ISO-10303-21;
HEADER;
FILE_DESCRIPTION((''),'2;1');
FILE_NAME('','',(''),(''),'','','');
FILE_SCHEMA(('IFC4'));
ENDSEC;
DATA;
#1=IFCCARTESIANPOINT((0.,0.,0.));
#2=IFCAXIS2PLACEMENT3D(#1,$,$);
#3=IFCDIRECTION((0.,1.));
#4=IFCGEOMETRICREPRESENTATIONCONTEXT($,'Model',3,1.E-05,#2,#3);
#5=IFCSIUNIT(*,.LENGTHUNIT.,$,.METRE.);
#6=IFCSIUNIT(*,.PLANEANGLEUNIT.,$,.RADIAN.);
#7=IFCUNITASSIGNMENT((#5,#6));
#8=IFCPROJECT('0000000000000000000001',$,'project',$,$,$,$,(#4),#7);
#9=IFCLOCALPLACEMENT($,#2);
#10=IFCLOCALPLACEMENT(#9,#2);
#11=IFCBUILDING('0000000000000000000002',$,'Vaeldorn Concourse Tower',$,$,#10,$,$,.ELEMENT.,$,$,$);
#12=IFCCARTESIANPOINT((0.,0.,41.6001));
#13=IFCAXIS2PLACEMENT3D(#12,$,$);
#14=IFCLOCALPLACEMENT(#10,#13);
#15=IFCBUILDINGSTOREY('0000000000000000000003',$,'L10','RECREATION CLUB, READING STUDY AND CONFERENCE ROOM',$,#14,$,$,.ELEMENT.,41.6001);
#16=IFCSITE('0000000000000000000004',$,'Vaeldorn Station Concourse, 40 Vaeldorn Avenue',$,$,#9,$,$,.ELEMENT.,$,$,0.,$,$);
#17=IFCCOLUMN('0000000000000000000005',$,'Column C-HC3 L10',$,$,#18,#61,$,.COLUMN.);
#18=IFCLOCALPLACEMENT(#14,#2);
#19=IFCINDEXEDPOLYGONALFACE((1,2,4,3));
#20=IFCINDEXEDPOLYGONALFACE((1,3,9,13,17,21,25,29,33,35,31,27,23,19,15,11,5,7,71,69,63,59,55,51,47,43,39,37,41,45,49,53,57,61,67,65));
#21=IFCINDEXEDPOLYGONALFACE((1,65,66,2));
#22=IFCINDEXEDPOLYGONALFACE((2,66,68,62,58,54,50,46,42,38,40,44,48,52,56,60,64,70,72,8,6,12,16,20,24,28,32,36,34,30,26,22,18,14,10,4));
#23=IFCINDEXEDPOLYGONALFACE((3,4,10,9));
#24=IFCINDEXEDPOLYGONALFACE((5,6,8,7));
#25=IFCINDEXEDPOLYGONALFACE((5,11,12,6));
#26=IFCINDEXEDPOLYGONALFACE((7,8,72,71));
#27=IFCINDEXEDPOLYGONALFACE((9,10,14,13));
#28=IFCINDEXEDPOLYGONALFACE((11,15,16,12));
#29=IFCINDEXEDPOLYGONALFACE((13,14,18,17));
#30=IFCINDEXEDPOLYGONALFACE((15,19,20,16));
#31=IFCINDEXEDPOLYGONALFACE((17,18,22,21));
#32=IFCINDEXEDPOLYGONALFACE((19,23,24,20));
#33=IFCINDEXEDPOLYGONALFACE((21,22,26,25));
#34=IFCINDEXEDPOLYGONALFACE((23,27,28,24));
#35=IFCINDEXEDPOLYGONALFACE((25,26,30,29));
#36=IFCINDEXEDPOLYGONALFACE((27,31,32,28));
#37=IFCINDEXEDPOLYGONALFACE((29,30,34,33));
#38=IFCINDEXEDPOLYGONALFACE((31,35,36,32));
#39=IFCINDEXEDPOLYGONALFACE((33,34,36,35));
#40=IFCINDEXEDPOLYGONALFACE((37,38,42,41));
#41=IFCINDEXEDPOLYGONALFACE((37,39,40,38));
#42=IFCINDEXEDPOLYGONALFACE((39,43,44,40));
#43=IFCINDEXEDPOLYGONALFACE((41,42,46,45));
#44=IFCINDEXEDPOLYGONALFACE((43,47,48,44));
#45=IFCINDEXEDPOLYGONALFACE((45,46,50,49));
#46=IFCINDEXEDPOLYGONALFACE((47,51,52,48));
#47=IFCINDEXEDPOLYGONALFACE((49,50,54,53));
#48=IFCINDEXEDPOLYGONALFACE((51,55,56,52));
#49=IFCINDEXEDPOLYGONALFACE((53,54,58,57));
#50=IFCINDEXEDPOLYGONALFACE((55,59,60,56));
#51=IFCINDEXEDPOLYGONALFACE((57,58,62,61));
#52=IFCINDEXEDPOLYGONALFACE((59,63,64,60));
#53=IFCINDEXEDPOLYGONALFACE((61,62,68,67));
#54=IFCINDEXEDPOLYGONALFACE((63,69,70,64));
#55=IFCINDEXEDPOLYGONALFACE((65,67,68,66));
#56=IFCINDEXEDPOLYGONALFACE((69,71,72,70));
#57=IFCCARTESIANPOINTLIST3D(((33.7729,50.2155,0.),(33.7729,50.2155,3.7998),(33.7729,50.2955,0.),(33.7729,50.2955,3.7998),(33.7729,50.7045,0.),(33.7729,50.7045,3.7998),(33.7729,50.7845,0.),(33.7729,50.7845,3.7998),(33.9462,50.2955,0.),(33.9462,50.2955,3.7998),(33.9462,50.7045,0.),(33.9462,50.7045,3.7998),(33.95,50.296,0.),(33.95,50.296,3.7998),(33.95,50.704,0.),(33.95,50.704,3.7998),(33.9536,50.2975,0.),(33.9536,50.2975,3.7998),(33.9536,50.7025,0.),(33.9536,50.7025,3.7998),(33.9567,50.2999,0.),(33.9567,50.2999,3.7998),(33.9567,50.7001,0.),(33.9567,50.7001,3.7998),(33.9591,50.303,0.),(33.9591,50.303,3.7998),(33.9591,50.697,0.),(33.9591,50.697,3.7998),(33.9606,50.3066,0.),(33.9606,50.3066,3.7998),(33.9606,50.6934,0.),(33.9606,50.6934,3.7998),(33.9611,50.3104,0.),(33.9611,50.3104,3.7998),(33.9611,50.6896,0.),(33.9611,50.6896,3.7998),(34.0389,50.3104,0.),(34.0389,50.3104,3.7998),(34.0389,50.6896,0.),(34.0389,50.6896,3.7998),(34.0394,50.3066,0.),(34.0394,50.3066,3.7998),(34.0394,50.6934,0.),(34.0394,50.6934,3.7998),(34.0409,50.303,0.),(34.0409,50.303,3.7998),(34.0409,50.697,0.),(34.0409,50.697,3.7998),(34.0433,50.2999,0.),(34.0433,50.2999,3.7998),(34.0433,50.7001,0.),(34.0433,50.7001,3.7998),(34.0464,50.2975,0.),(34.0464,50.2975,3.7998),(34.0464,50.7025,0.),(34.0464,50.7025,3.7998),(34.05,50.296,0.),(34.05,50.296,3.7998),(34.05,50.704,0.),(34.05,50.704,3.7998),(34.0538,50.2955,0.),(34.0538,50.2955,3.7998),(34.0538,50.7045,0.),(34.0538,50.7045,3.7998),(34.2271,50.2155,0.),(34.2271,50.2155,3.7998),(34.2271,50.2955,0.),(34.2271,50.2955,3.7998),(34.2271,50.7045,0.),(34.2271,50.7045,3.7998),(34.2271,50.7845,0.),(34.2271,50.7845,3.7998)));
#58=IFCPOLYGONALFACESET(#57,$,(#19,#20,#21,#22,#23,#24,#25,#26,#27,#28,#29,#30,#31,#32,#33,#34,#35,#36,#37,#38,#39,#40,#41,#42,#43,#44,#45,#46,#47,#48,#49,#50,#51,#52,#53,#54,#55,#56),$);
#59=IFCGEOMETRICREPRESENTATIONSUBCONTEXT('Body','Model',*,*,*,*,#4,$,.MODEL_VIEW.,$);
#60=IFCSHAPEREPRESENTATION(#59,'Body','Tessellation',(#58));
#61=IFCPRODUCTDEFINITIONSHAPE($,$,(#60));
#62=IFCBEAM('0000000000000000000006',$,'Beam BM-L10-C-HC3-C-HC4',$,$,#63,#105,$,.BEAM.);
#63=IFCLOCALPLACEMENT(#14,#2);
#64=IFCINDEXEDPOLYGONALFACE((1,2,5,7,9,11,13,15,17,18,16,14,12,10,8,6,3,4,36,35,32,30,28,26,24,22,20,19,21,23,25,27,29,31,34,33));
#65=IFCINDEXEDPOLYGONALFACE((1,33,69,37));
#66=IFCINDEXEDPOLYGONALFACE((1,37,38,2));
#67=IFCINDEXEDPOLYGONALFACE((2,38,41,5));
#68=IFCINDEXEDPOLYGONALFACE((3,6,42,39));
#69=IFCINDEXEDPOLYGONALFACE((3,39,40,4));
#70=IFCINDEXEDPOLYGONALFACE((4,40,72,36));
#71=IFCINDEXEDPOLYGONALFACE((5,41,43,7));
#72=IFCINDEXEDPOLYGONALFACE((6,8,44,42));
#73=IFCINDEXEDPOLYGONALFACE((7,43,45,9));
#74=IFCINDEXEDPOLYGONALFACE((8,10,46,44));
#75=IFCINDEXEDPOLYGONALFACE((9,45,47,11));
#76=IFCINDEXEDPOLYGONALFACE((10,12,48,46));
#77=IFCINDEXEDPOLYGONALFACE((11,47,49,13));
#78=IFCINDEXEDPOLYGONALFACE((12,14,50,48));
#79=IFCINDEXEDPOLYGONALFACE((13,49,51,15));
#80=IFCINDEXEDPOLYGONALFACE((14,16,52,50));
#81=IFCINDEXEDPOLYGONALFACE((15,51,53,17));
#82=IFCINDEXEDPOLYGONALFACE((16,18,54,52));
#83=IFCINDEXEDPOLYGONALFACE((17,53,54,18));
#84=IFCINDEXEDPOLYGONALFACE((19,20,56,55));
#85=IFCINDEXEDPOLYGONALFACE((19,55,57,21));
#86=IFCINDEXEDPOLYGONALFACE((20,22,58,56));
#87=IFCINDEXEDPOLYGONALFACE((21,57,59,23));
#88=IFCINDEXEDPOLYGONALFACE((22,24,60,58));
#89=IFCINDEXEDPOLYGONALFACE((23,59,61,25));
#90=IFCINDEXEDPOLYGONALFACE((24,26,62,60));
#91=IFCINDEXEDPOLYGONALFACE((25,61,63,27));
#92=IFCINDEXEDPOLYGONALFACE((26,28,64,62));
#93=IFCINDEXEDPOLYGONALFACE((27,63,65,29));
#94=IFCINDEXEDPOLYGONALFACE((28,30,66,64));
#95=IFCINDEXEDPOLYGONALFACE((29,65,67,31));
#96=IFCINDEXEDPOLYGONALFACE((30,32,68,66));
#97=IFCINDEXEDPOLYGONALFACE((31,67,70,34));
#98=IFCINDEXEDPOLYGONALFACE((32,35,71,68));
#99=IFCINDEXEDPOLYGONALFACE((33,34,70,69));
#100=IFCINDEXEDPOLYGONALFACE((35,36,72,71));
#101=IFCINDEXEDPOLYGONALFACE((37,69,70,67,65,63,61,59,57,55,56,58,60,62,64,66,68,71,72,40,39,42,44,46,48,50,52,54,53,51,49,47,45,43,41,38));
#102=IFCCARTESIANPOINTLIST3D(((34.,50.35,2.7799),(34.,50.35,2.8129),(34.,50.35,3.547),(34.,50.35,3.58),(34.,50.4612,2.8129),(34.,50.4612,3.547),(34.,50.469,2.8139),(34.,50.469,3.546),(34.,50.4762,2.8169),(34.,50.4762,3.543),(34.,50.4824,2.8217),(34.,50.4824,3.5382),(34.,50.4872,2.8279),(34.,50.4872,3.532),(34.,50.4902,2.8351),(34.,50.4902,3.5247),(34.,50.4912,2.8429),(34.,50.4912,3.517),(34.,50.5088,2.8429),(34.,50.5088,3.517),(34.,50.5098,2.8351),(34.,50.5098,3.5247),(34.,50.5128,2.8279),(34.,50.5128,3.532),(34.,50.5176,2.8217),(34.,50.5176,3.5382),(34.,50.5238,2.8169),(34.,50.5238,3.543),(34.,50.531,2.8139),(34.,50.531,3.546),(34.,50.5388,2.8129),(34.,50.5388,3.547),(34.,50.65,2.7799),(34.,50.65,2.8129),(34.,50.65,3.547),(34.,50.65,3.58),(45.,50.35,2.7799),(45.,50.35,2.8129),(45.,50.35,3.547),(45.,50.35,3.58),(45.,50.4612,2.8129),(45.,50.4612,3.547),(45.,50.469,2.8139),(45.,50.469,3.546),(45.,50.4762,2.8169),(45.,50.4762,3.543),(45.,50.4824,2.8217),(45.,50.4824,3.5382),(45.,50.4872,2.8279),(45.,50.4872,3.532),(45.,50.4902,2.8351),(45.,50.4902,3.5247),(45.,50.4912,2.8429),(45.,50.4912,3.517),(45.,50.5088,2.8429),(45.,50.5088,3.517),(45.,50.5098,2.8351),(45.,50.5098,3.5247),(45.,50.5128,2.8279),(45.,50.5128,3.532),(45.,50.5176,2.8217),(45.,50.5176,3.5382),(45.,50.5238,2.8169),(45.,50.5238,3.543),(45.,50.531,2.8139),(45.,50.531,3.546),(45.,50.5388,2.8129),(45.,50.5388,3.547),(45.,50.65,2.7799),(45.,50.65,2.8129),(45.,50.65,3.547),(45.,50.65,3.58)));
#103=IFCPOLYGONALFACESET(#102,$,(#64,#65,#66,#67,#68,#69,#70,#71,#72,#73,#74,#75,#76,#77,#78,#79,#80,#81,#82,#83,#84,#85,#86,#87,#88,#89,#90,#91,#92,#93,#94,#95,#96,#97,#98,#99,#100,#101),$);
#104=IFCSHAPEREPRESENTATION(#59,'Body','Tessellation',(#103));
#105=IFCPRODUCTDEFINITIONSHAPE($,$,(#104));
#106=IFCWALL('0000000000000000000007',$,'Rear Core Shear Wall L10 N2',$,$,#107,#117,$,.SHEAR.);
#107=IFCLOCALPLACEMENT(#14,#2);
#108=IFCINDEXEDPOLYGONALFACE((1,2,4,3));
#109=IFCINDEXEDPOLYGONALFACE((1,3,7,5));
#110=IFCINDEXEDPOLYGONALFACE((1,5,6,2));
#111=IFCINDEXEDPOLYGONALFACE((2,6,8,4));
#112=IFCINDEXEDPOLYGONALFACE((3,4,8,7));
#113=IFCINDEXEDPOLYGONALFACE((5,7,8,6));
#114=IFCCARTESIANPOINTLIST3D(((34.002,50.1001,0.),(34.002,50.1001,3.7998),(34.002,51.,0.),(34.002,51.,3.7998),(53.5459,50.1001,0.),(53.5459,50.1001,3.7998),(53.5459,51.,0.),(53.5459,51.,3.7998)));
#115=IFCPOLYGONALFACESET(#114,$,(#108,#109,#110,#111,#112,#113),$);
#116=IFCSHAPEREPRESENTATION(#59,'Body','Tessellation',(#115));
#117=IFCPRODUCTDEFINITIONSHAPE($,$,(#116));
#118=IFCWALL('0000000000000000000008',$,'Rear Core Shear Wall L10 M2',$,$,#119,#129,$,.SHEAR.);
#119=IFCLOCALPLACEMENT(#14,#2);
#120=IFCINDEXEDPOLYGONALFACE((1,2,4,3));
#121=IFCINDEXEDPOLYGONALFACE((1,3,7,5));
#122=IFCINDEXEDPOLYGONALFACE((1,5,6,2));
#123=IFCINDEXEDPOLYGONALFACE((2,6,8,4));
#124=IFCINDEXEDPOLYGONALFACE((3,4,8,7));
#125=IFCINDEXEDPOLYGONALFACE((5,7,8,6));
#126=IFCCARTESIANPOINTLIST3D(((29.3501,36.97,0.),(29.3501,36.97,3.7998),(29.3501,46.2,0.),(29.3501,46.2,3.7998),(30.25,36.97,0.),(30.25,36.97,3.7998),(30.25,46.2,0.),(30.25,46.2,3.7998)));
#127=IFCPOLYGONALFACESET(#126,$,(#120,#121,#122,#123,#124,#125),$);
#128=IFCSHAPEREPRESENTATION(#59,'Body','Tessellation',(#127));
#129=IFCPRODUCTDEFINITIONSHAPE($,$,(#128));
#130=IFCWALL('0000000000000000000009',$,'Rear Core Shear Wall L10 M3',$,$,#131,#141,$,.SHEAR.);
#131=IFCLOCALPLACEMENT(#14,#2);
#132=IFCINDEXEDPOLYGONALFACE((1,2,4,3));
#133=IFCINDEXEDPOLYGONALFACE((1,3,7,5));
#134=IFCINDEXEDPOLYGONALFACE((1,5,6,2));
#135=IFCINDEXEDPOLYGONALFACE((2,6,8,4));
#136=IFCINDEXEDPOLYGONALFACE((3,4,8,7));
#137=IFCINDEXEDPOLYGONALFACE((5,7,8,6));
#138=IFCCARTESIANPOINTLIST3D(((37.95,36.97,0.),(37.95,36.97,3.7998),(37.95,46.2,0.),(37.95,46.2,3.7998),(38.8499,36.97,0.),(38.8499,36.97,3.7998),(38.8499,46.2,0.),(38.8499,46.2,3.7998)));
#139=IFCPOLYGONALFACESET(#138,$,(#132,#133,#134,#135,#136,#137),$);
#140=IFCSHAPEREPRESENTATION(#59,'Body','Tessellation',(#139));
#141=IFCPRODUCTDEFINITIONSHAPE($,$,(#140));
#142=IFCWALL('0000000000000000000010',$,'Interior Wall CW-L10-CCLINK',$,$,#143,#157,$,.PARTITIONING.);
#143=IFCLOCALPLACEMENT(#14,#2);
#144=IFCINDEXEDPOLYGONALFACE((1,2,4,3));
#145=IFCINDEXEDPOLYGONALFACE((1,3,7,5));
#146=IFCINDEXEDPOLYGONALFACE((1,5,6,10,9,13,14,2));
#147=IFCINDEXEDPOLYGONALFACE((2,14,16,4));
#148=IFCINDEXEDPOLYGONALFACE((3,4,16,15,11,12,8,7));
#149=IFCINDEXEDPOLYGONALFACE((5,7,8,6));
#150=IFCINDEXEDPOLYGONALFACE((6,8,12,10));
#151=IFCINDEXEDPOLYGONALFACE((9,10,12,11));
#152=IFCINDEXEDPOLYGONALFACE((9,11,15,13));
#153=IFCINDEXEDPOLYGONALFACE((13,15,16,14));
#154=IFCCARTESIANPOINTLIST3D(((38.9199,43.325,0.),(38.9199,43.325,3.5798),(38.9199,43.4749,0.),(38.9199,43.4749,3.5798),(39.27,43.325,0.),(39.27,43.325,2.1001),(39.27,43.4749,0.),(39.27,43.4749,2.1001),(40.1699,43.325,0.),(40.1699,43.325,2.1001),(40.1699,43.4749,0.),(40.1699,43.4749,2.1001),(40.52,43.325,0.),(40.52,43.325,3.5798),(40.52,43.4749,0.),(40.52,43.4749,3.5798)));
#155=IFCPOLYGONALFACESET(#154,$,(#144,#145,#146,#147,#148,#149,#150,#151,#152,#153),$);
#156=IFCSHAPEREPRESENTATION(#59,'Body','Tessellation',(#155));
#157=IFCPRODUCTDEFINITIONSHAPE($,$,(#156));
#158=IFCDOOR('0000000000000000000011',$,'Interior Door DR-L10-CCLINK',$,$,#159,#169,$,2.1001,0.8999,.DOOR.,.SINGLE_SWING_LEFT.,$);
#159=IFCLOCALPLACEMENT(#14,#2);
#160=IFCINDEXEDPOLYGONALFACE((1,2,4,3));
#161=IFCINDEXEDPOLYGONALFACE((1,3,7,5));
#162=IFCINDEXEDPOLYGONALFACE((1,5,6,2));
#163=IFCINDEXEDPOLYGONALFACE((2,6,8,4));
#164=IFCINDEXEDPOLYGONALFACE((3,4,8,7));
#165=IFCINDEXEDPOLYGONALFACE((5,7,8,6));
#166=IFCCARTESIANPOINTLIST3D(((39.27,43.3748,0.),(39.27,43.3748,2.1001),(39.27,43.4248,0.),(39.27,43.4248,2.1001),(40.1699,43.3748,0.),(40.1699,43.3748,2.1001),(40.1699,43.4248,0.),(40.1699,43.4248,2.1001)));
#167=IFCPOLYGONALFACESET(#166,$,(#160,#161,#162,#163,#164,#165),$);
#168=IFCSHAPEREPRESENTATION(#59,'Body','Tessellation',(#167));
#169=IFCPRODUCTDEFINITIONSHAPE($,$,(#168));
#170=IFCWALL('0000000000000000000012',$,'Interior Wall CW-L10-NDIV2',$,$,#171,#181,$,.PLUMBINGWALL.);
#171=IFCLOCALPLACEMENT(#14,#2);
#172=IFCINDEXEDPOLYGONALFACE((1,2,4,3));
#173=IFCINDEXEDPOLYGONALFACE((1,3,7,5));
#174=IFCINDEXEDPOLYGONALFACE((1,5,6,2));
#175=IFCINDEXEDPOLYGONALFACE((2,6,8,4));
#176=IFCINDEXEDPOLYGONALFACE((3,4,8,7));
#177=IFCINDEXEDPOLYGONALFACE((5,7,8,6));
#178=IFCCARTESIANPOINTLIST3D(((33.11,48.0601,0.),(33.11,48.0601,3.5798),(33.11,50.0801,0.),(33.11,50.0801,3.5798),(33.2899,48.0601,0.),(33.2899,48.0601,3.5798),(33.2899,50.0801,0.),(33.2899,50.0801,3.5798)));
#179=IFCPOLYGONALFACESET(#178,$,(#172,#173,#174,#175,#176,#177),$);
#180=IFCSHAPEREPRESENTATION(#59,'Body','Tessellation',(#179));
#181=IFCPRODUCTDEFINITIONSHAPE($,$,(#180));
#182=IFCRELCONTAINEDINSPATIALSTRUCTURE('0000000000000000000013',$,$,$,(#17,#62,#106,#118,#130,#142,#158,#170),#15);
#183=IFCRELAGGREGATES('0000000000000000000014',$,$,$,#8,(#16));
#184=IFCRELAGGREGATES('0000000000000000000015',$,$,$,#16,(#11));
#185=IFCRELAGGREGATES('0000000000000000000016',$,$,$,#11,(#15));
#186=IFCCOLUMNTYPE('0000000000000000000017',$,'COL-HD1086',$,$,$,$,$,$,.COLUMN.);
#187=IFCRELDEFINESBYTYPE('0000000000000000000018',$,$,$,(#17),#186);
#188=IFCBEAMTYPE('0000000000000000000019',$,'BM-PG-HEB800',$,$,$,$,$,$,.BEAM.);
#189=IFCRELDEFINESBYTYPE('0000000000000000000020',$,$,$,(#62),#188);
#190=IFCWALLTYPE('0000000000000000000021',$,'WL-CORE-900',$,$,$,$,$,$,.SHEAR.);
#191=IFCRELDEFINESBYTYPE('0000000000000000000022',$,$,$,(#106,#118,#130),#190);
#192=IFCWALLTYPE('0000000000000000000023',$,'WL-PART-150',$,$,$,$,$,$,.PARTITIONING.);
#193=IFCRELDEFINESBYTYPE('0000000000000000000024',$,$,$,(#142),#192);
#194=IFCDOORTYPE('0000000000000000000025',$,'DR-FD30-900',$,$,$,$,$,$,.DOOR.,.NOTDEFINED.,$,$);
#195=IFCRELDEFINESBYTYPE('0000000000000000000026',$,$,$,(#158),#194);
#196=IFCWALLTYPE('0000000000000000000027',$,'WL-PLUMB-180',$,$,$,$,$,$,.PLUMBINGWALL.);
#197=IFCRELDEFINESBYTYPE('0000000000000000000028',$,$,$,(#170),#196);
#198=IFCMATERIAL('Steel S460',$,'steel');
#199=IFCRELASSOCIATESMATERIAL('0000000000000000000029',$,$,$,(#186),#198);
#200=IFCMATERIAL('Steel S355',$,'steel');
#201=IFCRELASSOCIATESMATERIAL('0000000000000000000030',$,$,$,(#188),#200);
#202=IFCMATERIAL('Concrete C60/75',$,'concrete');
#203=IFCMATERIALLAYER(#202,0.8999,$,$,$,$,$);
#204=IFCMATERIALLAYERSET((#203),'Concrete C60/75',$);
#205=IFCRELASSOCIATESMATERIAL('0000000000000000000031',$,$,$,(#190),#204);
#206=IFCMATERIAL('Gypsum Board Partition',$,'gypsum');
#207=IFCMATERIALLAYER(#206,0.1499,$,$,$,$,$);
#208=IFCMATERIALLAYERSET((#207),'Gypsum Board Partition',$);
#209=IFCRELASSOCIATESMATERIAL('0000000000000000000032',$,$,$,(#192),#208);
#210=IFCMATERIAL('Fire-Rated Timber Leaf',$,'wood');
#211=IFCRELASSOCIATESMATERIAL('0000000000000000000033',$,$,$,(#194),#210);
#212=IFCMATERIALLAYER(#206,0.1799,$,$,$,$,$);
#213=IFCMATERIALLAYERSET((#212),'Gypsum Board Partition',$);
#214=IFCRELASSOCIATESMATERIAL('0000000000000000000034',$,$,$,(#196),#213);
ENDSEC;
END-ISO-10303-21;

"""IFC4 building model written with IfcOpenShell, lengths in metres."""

from ifc_helpers import new_model, si_unit, direction, frame, frame_2d, origin, origin_2d, place, context, subcontext, project, spatial, rectangle, i_section, extrude, source, transform, mapped, material, layer, layer_set, material_profile, profile_set, type_object, element, fill, save


model = new_model("IFC4")

# Units and contexts
model_context = context("Model", 3, precision=1e-05, world=origin(), true_north=direction((0.0, 1.0)))
body_context = subcontext(model_context, "Body", "Model", "MODEL_VIEW")
ifc_project = project(units=[si_unit("LENGTHUNIT", "METRE"), si_unit("PLANEANGLEUNIT", "RADIAN")], contexts=[model_context])

# Site, building, storey
site_placement = place(None, origin())
site = spatial("IfcSite", under=ifc_project, at=site_placement, Name="Vaeldorn Station Concourse, 40 Vaeldorn Avenue", CompositionType="ELEMENT", RefElevation=0.0)
building_placement = place(site_placement, origin())
building = spatial("IfcBuilding", under=site, at=building_placement, Name="Vaeldorn Concourse Tower", CompositionType="ELEMENT")
storey_placement = place(building_placement, frame((0.0, 0.0, 41.6001)))
storey = spatial("IfcBuildingStorey", under=building, at=storey_placement, Name="L10", Description="RECREATION CLUB, READING STUDY AND CONFERENCE ROOM", CompositionType="ELEMENT", Elevation=41.6001)

# Column
ifc_material_1 = material(Name="Steel S460", Category="steel")
ifc_material_profile_1 = material_profile(ifc_material_1, i_section(OverallWidth=0.4541, OverallDepth=0.5691, WebThickness=0.0779, FlangeThickness=0.0801, FilletRadius=0.0149, at=origin_2d()), Name="HD 400x1086")
ifc_profile_set_1 = profile_set([ifc_material_profile_1], Name="Steel S460")
column_type = type_object("IfcColumnType", Name="COL-HD1086", PredefinedType="COLUMN", material=ifc_profile_set_1)
shared_shape_1 = source(origin(), body_context, "Body", "SweptSolid", [
    extrude(i_section(OverallWidth=0.4541, OverallDepth=0.5691, WebThickness=0.0779, FlangeThickness=0.0801, FilletRadius=0.0149, at=origin_2d()), origin(), (0.0, 0.0, 1.0), 3.7998),
])
column_placement = place(storey_placement, frame((34.0, 50.5, 0.0), z_axis=(0.0, 0.0, 1.0), x_axis=(1.0, 0.0, 0.0)))
element("IfcColumn", 1, at=column_placement, inside=storey, type_object=column_type, Name="Column C-HC3 L10", PredefinedType="COLUMN", context=body_context, shape_type="MappedRepresentation", body=[
    mapped(shared_shape_1, transform((0.0, 0.0, 0.0), scale=1.0)),
])

# Beam
ifc_material_2 = material(Name="Steel S355", Category="steel")
ifc_material_profile_2 = material_profile(ifc_material_2, i_section(OverallWidth=0.3, OverallDepth=0.8, WebThickness=0.0176, FlangeThickness=0.033, FilletRadius=0.03, at=origin_2d()), Name="HEB 800")
ifc_profile_set_2 = profile_set([ifc_material_profile_2], Name="Steel S355")
beam_type = type_object("IfcBeamType", Name="BM-PG-HEB800", PredefinedType="BEAM", material=ifc_profile_set_2)
shared_shape_2 = source(origin(), body_context, "Body", "SweptSolid", [
    extrude(i_section(OverallWidth=0.3, OverallDepth=0.8, WebThickness=0.0176, FlangeThickness=0.033, FilletRadius=0.03, at=origin_2d()), origin(), (0.0, 0.0, 1.0), 11.0),
])
beam_placement = place(storey_placement, frame((34.0, 50.5, 3.1799), z_axis=(1.0, 0.0, 0.0), x_axis=(0.0, 1.0, 0.0)))
element("IfcBeam", 2, at=beam_placement, inside=storey, type_object=beam_type, Name="Beam BM-L10-C-HC3-C-HC4", PredefinedType="BEAM", context=body_context, shape_type="MappedRepresentation", body=[
    mapped(shared_shape_2, transform((0.0, 0.0, 0.0), scale=1.0)),
])

# Walls
ifc_material_3 = material(Name="Concrete C60/75", Category="concrete")
ifc_layer_1 = layer(ifc_material_3, 0.8999)
ifc_layer_set_1 = layer_set([ifc_layer_1], Name="Concrete C60/75")
wall_type_1 = type_object("IfcWallType", Name="WL-CORE-900", PredefinedType="SHEAR", material=ifc_layer_set_1)
wall_1_placement = place(storey_placement, frame((34.002, 50.55, 0.0), z_axis=(0.0, 0.0, 1.0), x_axis=(1.0, 0.0, 0.0)))
element("IfcWall", 3, at=wall_1_placement, inside=storey, type_object=wall_type_1, Name="Rear Core Shear Wall L10 N2", PredefinedType="SHEAR", context=body_context, shape_type="SweptSolid", body=[
    extrude(rectangle(XDim=19.5439, YDim=0.8999, at=frame_2d((9.772, 0.0))), origin(), (0.0, 0.0, 1.0), 3.7998),
])
for number, where, z_axis, x_axis, name in (
    (4, (29.8, 36.97, 0.0), (0.0, 0.0, 1.0), (0.0, 1.0, 0.0), "Rear Core Shear Wall L10 M2"),
    (5, (38.3999, 36.97, 0.0), (0.0, 0.0, 1.0), (0.0, 1.0, 0.0), "Rear Core Shear Wall L10 M3"),
):
    element("IfcWall", number, at=place(storey_placement, frame(where, z_axis=z_axis, x_axis=x_axis)), inside=storey, type_object=wall_type_1, Name=name, PredefinedType="SHEAR", context=body_context, shape_type="SweptSolid", body=[
        extrude(rectangle(XDim=9.23, YDim=0.8999, at=frame_2d((4.615, 0.0))), origin(), (0.0, 0.0, 1.0), 3.7998),
    ])

# Wall, opening, door
ifc_material_4 = material(Name="Gypsum Board Partition", Category="gypsum")
ifc_layer_2 = layer(ifc_material_4, 0.1499)
ifc_layer_set_2 = layer_set([ifc_layer_2], Name="Gypsum Board Partition")
wall_type_2 = type_object("IfcWallType", Name="WL-PART-150", PredefinedType="PARTITIONING", material=ifc_layer_set_2)
wall_2_placement = place(storey_placement, frame((38.9199, 43.3999, 0.0), z_axis=(0.0, 0.0, 1.0), x_axis=(1.0, 0.0, 0.0)))
wall_2 = element("IfcWall", 6, at=wall_2_placement, inside=storey, type_object=wall_type_2, Name="Interior Wall CW-L10-CCLINK", PredefinedType="PARTITIONING", context=body_context, shape_type="SweptSolid", body=[
    extrude(rectangle(XDim=1.6001, YDim=0.1499, at=frame_2d((0.8, 0.0))), origin(), (0.0, 0.0, 1.0), 3.5798),
])
opening_placement = place(wall_2_placement, frame((0.3501, 0.0, 0.0)))
opening = element("IfcOpeningElement", 7, at=opening_placement, cuts=wall_2, PredefinedType="OPENING", context=body_context, shape_type="SweptSolid", body=[
    extrude(rectangle(XDim=0.8999, YDim=2.1001, at=frame_2d((0.45, 1.05))), frame((0.0, 0.085, 0.0), z_axis=(0.0, -1.0, 0.0), x_axis=(1.0, 0.0, 0.0)), (0.0, 0.0, 1.0), 0.1699),
])
ifc_material_5 = material(Name="Fire-Rated Timber Leaf", Category="wood")
door_type = type_object("IfcDoorType", Name="DR-FD30-900", OperationType="NOTDEFINED", PredefinedType="DOOR", material=ifc_material_5)
shared_shape_3 = source(origin(), body_context, "Body", "SweptSolid", [
    extrude(rectangle(XDim=0.8999, YDim=2.1001, at=frame_2d((0.45, 1.05))), frame((0.0, 0.0249, 0.0), z_axis=(0.0, -1.0, 0.0), x_axis=(1.0, 0.0, 0.0)), (0.0, 0.0, 1.0), 0.05),
])
door_placement = place(opening_placement, origin())
door = element("IfcDoor", 8, at=door_placement, inside=storey, type_object=door_type, Name="Interior Door DR-L10-CCLINK", OperationType="SINGLE_SWING_LEFT", OverallHeight=2.1001, OverallWidth=0.8999, PredefinedType="DOOR", context=body_context, shape_type="MappedRepresentation", body=[
    mapped(shared_shape_3, transform((0.0, 0.0, 0.0), scale=1.0)),
])
fill(opening, door)

# Wall
ifc_layer_3 = layer(ifc_material_4, 0.1799)
ifc_layer_set_3 = layer_set([ifc_layer_3], Name="Gypsum Board Partition")
wall_type_3 = type_object("IfcWallType", Name="WL-PLUMB-180", PredefinedType="PLUMBINGWALL", material=ifc_layer_set_3)
for number, where, z_axis, x_axis, name in (
    (9, (33.2, 48.0601, 0.0), (0.0, 0.0, 1.0), (0.0, 1.0, 0.0), "Interior Wall CW-L10-NDIV2"),
):
    element("IfcWall", number, at=place(storey_placement, frame(where, z_axis=z_axis, x_axis=x_axis)), inside=storey, type_object=wall_type_3, Name=name, PredefinedType="PLUMBINGWALL", context=body_context, shape_type="SweptSolid", body=[
        extrude(rectangle(XDim=2.02, YDim=0.1799, at=frame_2d((1.01, 0.0))), origin(), (0.0, 0.0, 1.0), 3.5798),
    ])

save(model, "model.ifc")
